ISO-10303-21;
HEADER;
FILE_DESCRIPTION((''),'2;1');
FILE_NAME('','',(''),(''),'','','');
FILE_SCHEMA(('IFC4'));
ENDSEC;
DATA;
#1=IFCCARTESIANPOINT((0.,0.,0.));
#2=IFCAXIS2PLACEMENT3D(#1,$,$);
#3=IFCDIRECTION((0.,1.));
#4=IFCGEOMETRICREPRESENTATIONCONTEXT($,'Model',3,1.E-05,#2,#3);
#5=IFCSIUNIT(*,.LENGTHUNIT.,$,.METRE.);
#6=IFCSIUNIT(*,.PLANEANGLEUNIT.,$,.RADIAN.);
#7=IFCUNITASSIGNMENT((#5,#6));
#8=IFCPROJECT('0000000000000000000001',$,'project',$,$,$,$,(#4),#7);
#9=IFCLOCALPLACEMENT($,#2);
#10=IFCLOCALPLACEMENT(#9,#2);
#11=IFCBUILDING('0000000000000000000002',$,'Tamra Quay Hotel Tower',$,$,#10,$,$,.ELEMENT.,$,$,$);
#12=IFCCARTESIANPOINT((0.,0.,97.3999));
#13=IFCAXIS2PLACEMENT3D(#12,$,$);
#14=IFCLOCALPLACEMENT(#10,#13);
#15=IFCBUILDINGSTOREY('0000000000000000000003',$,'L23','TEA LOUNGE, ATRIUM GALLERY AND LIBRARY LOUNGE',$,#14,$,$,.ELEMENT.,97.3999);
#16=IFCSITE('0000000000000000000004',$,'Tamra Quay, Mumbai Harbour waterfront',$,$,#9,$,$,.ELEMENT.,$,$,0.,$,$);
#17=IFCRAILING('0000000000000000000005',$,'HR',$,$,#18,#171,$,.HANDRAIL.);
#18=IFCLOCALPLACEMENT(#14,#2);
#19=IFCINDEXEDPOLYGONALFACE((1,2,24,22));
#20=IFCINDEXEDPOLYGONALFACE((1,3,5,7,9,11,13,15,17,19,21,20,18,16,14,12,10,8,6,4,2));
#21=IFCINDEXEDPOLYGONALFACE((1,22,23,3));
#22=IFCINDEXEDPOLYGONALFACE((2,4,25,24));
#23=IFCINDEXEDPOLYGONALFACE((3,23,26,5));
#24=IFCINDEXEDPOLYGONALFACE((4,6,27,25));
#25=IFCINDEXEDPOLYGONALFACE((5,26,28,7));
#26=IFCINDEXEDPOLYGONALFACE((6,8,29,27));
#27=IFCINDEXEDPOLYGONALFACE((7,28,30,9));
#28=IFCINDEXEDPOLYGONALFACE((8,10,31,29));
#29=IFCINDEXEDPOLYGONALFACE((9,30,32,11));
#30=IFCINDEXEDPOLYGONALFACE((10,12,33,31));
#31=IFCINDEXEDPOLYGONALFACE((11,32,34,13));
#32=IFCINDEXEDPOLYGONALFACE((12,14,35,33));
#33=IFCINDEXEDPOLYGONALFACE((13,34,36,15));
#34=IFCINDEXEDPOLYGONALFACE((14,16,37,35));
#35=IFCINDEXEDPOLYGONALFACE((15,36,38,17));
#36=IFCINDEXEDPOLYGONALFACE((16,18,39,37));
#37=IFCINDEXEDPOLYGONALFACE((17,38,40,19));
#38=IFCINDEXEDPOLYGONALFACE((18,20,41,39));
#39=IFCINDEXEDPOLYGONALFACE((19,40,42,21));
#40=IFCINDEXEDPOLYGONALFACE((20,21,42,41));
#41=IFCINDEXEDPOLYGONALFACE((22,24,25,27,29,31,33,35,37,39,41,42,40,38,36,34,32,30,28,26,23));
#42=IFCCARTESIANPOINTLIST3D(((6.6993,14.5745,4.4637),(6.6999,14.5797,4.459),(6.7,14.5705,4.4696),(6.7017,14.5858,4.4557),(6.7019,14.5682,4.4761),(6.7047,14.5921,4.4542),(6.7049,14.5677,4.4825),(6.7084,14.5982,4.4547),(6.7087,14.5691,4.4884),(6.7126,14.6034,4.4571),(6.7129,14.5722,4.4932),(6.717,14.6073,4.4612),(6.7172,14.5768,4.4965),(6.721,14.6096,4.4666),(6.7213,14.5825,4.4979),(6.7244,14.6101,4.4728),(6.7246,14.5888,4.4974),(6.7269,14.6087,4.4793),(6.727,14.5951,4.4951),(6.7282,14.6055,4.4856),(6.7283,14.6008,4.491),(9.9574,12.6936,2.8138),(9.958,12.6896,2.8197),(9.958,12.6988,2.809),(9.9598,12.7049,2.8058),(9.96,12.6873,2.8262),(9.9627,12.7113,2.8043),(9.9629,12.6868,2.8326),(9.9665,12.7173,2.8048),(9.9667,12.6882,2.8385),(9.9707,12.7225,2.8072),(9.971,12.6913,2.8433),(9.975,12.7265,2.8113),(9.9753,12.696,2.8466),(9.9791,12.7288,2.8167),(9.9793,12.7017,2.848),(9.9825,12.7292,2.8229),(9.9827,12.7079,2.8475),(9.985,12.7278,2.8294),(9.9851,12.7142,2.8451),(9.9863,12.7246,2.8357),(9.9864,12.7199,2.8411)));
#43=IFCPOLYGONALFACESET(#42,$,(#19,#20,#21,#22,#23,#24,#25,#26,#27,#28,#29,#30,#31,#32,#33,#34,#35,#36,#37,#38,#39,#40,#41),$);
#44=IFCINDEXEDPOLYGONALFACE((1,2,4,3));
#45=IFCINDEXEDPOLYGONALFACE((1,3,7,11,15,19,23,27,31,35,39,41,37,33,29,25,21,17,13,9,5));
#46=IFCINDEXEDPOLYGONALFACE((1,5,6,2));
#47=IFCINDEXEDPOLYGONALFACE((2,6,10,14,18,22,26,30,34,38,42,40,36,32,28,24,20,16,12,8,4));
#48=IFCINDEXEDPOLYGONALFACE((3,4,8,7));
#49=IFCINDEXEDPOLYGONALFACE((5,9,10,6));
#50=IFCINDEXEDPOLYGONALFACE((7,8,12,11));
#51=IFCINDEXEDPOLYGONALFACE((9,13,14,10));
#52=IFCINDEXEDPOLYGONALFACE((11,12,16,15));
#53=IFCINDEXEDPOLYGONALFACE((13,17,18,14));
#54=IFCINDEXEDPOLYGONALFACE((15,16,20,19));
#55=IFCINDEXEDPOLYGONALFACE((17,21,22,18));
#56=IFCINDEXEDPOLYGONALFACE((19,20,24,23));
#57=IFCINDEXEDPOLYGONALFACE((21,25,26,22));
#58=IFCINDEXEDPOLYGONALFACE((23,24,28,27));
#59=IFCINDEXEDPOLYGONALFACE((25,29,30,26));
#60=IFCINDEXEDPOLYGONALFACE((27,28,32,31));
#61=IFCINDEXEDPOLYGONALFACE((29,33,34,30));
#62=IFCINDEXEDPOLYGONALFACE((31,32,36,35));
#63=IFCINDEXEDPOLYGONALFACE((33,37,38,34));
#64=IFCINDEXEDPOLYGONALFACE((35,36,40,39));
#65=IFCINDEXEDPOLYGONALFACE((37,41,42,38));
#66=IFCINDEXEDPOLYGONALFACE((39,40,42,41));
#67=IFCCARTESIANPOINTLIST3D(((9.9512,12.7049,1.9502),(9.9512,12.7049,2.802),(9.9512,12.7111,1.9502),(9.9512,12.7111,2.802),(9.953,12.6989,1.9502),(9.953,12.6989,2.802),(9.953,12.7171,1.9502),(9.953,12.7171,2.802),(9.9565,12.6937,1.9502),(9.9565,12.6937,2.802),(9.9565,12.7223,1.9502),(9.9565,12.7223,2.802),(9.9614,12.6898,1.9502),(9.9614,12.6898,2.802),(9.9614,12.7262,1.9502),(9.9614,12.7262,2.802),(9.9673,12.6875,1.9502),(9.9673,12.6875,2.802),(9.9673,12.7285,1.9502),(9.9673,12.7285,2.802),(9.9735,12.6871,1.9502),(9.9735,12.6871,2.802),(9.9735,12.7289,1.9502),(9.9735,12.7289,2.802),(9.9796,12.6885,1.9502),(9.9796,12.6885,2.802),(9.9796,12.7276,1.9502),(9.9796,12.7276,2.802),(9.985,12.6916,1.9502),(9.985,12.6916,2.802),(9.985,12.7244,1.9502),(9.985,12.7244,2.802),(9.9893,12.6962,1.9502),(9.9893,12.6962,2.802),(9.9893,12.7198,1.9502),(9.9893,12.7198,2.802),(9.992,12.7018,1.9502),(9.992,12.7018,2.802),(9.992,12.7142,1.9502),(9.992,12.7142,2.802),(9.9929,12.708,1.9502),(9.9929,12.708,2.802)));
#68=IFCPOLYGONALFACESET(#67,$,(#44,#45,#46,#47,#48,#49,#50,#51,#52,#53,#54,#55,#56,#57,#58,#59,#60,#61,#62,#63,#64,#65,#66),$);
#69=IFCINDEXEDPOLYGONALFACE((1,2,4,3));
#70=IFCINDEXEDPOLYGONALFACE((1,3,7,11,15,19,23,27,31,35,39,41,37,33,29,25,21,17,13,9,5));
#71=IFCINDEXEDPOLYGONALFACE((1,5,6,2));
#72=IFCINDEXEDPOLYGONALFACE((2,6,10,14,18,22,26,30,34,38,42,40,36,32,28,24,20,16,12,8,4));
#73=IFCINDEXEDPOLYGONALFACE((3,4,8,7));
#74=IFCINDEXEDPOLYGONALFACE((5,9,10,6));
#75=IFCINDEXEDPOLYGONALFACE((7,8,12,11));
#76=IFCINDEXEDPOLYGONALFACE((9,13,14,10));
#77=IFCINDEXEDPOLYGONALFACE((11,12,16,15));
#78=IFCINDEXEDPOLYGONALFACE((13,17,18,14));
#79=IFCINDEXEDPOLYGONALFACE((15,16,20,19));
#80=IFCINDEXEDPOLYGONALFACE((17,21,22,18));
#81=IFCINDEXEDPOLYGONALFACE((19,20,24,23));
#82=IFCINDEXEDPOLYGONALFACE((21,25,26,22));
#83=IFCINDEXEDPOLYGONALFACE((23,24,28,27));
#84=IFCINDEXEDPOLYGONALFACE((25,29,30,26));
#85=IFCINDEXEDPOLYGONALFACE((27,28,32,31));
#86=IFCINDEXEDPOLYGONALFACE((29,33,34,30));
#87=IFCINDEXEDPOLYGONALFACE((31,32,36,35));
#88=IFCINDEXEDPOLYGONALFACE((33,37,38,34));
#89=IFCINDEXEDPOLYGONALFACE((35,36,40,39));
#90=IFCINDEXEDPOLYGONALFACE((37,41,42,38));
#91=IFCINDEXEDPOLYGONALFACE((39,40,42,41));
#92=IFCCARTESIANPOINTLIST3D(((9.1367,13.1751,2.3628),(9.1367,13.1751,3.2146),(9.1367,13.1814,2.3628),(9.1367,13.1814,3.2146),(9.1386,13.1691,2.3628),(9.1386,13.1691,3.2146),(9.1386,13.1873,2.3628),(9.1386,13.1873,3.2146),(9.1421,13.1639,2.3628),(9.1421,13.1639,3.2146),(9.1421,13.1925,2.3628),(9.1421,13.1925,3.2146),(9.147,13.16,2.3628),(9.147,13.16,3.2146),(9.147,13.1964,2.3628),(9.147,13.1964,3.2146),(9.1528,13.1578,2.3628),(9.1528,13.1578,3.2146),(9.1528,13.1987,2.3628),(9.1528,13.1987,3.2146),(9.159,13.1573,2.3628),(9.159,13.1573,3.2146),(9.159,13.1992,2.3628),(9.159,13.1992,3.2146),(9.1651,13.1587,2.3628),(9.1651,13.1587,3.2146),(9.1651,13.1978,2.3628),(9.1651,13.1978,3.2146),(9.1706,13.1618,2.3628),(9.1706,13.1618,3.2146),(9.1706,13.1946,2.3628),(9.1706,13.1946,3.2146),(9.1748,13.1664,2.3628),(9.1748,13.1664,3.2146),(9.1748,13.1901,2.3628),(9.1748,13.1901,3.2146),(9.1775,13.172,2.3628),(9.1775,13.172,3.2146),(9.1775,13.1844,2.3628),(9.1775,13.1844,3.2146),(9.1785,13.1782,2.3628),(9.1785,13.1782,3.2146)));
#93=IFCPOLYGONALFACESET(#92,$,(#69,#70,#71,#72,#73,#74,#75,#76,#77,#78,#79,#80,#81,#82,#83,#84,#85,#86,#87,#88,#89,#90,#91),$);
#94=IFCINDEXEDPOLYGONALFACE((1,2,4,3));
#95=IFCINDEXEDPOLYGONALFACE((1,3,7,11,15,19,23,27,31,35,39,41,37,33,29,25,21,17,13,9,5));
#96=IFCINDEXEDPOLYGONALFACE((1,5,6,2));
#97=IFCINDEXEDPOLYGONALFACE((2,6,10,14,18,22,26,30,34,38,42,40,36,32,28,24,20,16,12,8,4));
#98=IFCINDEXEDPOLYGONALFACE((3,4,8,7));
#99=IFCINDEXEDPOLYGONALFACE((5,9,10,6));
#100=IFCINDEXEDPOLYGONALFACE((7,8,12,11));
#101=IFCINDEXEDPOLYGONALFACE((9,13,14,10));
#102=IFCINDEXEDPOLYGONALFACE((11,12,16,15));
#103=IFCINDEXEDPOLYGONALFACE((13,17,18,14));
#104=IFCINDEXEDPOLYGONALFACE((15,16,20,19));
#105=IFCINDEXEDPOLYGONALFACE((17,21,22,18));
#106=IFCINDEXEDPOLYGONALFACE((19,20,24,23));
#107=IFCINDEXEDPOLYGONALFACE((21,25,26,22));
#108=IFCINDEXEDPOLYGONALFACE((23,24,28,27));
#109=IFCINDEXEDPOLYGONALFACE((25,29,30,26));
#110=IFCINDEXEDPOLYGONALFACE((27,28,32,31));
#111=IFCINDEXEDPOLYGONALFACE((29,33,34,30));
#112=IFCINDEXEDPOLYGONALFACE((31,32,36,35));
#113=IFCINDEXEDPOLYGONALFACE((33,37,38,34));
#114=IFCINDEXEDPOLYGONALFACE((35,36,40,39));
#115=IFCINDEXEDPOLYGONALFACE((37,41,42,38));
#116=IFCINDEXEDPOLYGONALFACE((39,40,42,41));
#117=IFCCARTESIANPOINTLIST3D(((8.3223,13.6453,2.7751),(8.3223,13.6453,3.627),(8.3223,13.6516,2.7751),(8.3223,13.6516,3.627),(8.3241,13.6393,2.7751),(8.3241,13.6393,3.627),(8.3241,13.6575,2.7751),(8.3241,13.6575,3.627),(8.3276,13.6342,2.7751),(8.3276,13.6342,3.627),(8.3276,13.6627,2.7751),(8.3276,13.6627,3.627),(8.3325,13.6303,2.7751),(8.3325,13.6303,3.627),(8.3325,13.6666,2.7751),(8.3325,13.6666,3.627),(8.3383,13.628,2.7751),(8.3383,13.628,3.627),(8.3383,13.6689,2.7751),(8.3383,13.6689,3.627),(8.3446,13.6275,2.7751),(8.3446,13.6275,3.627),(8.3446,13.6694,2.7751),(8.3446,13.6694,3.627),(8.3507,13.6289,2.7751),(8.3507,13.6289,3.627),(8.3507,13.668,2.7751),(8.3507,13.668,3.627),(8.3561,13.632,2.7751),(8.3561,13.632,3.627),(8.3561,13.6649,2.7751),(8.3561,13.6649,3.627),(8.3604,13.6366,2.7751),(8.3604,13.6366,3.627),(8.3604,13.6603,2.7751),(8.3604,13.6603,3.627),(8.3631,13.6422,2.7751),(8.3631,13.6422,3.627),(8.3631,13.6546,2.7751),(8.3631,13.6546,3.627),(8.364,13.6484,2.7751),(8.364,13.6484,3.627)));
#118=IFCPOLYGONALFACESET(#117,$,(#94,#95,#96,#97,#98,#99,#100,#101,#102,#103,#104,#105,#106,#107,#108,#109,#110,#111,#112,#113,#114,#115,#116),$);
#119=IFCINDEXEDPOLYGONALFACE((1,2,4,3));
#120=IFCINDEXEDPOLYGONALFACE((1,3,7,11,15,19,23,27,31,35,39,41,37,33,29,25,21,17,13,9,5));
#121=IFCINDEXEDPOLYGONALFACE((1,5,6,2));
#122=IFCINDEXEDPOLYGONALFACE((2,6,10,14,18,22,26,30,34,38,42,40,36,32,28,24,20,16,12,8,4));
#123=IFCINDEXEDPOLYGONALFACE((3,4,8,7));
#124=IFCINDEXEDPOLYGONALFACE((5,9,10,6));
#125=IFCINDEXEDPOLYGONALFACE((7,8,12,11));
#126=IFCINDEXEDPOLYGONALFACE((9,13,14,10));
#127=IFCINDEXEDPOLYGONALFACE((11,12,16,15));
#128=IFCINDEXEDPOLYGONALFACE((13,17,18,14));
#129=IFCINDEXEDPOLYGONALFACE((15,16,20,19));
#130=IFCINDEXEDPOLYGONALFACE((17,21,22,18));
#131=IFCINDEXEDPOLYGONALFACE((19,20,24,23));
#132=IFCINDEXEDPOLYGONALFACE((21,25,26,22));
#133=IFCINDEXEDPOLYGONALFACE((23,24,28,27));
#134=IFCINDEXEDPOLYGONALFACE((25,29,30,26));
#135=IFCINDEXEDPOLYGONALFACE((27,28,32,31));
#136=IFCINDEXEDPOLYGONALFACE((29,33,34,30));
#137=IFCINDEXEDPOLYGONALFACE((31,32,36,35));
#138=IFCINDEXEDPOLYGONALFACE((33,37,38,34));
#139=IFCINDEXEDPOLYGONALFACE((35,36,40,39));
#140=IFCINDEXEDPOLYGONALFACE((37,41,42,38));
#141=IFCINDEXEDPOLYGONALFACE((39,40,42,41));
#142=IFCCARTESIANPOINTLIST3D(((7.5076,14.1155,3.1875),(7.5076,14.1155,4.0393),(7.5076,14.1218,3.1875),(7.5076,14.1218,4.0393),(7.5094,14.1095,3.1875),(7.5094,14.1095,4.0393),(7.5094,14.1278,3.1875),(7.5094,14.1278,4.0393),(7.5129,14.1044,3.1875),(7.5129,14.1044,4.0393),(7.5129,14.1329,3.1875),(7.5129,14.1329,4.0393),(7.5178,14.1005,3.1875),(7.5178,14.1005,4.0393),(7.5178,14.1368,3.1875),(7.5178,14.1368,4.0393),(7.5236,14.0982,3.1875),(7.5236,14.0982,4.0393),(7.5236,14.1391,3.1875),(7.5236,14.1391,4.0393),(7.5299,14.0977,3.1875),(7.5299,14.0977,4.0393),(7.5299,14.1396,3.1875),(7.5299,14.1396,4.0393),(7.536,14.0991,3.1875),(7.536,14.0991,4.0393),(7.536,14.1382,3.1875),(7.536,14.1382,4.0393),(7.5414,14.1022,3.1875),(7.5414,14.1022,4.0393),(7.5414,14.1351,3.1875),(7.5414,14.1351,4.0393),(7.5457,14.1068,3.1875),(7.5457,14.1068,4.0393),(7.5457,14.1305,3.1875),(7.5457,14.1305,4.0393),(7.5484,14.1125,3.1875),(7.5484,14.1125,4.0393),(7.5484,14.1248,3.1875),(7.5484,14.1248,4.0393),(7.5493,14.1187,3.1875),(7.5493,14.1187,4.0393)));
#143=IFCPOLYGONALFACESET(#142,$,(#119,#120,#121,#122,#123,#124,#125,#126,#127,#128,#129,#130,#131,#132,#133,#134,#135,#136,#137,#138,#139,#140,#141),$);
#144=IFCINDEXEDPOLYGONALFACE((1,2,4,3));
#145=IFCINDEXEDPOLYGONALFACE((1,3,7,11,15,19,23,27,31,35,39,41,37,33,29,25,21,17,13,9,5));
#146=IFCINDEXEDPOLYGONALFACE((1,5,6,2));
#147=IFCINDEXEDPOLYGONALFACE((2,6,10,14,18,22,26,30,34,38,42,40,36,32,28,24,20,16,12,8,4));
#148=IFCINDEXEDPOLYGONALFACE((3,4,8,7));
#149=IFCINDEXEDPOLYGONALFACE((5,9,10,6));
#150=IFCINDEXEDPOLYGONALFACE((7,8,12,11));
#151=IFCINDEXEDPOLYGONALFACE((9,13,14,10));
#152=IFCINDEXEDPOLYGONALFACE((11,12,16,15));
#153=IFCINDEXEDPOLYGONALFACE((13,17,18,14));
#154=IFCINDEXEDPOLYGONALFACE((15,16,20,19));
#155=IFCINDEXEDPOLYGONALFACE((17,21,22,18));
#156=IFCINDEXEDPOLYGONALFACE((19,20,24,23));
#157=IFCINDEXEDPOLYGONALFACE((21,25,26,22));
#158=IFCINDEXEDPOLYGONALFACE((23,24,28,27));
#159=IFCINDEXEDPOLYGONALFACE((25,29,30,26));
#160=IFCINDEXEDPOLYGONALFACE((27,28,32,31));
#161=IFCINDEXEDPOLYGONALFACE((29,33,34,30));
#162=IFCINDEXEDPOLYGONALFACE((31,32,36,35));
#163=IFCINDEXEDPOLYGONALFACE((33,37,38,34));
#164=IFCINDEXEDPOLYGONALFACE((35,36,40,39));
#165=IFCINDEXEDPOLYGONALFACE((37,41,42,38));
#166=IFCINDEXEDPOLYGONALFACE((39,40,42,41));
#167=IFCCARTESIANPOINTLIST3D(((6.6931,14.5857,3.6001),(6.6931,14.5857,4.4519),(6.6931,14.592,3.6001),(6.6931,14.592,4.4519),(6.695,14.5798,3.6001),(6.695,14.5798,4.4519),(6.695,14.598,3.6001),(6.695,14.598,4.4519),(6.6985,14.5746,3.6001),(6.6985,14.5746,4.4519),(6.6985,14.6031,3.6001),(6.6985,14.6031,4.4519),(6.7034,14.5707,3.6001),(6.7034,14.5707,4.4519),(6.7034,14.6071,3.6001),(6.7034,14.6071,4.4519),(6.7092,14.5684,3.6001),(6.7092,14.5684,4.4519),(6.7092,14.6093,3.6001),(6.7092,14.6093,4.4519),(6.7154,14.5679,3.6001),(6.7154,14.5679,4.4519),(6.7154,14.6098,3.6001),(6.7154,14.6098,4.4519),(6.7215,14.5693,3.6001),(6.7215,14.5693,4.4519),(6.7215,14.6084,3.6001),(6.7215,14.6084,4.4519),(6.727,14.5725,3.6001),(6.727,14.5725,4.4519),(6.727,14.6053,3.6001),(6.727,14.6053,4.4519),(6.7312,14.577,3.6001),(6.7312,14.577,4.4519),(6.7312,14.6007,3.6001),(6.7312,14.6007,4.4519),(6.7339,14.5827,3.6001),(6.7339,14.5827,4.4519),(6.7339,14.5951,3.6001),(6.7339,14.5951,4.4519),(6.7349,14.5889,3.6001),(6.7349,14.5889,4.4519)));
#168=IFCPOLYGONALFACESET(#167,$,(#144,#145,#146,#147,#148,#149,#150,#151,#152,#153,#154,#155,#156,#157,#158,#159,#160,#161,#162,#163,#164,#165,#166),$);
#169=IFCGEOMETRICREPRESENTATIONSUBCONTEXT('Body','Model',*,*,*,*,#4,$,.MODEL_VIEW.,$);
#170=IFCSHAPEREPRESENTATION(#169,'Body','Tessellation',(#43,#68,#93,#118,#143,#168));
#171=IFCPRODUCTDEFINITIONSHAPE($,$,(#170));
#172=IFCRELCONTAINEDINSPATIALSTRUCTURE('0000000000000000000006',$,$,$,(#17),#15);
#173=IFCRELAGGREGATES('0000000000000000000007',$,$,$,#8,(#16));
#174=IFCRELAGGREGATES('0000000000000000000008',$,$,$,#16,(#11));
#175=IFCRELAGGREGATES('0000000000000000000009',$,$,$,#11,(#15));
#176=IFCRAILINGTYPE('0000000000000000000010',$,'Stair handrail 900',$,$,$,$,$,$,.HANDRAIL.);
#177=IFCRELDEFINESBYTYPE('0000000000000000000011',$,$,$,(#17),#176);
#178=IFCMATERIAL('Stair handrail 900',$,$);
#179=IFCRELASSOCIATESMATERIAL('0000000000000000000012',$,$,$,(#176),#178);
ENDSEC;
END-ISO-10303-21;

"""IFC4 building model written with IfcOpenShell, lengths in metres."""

from ifc_helpers import new_model, si_unit, direction, frame, origin, origin_2d, place, context, subcontext, project, spatial, circle, extrude, material, type_object, element, save


model = new_model("IFC4")

# Units and contexts
model_context = context("Model", 3, precision=1e-05, world=origin(), true_north=direction((0.0, 1.0)))
body_context = subcontext(model_context, "Body", "Model", "MODEL_VIEW")
ifc_project = project(units=[si_unit("LENGTHUNIT", "METRE"), si_unit("PLANEANGLEUNIT", "RADIAN")], contexts=[model_context])

# Site, building, storey
site_placement = place(None, origin())
site = spatial("IfcSite", under=ifc_project, at=site_placement, Name="Tamra Quay, Mumbai Harbour waterfront", CompositionType="ELEMENT", RefElevation=0.0)
building_placement = place(site_placement, origin())
building = spatial("IfcBuilding", under=site, at=building_placement, Name="Tamra Quay Hotel Tower", CompositionType="ELEMENT")
storey_placement = place(building_placement, frame((0.0, 0.0, 97.3999)))
storey = spatial("IfcBuildingStorey", under=building, at=storey_placement, Name="L23", Description="TEA LOUNGE, ATRIUM GALLERY AND LIBRARY LOUNGE", CompositionType="ELEMENT", Elevation=97.3999)

# Railing
ifc_material_1 = material(Name="Stair handrail 900")
railing_type_1 = type_object("IfcRailingType", Name="Stair handrail 900", PredefinedType="HANDRAIL", material=ifc_material_1)
railing_1_placement = place(storey_placement, frame((9.9719, 12.708, 1.9502)))
element("IfcRailing", 1, at=railing_1_placement, inside=storey, type_object=railing_type_1, Name="HR", PredefinedType="HANDRAIL", context=body_context, shape_type="SweptSolid", body=[
    extrude(circle(Radius=0.0239, at=origin_2d()), frame((0.0, 0.0, 0.876), z_axis=(-0.793122, 0.457865, 0.401642), x_axis=(-0.499964, -0.866046, 0.0)), (0.0, 0.0, 1.0), 4.1079),
    extrude(circle(Radius=0.021, at=origin_2d()), origin(), (0.0, 0.0, 1.0), 0.8518),
    extrude(circle(Radius=0.021, at=origin_2d()), frame((-0.8145, 0.4702, 0.4126)), (0.0, 0.0, 1.0), 0.8518),
    extrude(circle(Radius=0.021, at=origin_2d()), frame((-1.6289, 0.9404, 0.825)), (0.0, 0.0, 1.0), 0.8518),
    extrude(circle(Radius=0.021, at=origin_2d()), frame((-2.4436, 1.4106, 1.2373)), (0.0, 0.0, 1.0), 0.8518),
    extrude(circle(Radius=0.021, at=origin_2d()), frame((-3.2581, 1.8809, 1.6499)), (0.0, 0.0, 1.0), 0.8518),
])

save(model, "model.ifc")
